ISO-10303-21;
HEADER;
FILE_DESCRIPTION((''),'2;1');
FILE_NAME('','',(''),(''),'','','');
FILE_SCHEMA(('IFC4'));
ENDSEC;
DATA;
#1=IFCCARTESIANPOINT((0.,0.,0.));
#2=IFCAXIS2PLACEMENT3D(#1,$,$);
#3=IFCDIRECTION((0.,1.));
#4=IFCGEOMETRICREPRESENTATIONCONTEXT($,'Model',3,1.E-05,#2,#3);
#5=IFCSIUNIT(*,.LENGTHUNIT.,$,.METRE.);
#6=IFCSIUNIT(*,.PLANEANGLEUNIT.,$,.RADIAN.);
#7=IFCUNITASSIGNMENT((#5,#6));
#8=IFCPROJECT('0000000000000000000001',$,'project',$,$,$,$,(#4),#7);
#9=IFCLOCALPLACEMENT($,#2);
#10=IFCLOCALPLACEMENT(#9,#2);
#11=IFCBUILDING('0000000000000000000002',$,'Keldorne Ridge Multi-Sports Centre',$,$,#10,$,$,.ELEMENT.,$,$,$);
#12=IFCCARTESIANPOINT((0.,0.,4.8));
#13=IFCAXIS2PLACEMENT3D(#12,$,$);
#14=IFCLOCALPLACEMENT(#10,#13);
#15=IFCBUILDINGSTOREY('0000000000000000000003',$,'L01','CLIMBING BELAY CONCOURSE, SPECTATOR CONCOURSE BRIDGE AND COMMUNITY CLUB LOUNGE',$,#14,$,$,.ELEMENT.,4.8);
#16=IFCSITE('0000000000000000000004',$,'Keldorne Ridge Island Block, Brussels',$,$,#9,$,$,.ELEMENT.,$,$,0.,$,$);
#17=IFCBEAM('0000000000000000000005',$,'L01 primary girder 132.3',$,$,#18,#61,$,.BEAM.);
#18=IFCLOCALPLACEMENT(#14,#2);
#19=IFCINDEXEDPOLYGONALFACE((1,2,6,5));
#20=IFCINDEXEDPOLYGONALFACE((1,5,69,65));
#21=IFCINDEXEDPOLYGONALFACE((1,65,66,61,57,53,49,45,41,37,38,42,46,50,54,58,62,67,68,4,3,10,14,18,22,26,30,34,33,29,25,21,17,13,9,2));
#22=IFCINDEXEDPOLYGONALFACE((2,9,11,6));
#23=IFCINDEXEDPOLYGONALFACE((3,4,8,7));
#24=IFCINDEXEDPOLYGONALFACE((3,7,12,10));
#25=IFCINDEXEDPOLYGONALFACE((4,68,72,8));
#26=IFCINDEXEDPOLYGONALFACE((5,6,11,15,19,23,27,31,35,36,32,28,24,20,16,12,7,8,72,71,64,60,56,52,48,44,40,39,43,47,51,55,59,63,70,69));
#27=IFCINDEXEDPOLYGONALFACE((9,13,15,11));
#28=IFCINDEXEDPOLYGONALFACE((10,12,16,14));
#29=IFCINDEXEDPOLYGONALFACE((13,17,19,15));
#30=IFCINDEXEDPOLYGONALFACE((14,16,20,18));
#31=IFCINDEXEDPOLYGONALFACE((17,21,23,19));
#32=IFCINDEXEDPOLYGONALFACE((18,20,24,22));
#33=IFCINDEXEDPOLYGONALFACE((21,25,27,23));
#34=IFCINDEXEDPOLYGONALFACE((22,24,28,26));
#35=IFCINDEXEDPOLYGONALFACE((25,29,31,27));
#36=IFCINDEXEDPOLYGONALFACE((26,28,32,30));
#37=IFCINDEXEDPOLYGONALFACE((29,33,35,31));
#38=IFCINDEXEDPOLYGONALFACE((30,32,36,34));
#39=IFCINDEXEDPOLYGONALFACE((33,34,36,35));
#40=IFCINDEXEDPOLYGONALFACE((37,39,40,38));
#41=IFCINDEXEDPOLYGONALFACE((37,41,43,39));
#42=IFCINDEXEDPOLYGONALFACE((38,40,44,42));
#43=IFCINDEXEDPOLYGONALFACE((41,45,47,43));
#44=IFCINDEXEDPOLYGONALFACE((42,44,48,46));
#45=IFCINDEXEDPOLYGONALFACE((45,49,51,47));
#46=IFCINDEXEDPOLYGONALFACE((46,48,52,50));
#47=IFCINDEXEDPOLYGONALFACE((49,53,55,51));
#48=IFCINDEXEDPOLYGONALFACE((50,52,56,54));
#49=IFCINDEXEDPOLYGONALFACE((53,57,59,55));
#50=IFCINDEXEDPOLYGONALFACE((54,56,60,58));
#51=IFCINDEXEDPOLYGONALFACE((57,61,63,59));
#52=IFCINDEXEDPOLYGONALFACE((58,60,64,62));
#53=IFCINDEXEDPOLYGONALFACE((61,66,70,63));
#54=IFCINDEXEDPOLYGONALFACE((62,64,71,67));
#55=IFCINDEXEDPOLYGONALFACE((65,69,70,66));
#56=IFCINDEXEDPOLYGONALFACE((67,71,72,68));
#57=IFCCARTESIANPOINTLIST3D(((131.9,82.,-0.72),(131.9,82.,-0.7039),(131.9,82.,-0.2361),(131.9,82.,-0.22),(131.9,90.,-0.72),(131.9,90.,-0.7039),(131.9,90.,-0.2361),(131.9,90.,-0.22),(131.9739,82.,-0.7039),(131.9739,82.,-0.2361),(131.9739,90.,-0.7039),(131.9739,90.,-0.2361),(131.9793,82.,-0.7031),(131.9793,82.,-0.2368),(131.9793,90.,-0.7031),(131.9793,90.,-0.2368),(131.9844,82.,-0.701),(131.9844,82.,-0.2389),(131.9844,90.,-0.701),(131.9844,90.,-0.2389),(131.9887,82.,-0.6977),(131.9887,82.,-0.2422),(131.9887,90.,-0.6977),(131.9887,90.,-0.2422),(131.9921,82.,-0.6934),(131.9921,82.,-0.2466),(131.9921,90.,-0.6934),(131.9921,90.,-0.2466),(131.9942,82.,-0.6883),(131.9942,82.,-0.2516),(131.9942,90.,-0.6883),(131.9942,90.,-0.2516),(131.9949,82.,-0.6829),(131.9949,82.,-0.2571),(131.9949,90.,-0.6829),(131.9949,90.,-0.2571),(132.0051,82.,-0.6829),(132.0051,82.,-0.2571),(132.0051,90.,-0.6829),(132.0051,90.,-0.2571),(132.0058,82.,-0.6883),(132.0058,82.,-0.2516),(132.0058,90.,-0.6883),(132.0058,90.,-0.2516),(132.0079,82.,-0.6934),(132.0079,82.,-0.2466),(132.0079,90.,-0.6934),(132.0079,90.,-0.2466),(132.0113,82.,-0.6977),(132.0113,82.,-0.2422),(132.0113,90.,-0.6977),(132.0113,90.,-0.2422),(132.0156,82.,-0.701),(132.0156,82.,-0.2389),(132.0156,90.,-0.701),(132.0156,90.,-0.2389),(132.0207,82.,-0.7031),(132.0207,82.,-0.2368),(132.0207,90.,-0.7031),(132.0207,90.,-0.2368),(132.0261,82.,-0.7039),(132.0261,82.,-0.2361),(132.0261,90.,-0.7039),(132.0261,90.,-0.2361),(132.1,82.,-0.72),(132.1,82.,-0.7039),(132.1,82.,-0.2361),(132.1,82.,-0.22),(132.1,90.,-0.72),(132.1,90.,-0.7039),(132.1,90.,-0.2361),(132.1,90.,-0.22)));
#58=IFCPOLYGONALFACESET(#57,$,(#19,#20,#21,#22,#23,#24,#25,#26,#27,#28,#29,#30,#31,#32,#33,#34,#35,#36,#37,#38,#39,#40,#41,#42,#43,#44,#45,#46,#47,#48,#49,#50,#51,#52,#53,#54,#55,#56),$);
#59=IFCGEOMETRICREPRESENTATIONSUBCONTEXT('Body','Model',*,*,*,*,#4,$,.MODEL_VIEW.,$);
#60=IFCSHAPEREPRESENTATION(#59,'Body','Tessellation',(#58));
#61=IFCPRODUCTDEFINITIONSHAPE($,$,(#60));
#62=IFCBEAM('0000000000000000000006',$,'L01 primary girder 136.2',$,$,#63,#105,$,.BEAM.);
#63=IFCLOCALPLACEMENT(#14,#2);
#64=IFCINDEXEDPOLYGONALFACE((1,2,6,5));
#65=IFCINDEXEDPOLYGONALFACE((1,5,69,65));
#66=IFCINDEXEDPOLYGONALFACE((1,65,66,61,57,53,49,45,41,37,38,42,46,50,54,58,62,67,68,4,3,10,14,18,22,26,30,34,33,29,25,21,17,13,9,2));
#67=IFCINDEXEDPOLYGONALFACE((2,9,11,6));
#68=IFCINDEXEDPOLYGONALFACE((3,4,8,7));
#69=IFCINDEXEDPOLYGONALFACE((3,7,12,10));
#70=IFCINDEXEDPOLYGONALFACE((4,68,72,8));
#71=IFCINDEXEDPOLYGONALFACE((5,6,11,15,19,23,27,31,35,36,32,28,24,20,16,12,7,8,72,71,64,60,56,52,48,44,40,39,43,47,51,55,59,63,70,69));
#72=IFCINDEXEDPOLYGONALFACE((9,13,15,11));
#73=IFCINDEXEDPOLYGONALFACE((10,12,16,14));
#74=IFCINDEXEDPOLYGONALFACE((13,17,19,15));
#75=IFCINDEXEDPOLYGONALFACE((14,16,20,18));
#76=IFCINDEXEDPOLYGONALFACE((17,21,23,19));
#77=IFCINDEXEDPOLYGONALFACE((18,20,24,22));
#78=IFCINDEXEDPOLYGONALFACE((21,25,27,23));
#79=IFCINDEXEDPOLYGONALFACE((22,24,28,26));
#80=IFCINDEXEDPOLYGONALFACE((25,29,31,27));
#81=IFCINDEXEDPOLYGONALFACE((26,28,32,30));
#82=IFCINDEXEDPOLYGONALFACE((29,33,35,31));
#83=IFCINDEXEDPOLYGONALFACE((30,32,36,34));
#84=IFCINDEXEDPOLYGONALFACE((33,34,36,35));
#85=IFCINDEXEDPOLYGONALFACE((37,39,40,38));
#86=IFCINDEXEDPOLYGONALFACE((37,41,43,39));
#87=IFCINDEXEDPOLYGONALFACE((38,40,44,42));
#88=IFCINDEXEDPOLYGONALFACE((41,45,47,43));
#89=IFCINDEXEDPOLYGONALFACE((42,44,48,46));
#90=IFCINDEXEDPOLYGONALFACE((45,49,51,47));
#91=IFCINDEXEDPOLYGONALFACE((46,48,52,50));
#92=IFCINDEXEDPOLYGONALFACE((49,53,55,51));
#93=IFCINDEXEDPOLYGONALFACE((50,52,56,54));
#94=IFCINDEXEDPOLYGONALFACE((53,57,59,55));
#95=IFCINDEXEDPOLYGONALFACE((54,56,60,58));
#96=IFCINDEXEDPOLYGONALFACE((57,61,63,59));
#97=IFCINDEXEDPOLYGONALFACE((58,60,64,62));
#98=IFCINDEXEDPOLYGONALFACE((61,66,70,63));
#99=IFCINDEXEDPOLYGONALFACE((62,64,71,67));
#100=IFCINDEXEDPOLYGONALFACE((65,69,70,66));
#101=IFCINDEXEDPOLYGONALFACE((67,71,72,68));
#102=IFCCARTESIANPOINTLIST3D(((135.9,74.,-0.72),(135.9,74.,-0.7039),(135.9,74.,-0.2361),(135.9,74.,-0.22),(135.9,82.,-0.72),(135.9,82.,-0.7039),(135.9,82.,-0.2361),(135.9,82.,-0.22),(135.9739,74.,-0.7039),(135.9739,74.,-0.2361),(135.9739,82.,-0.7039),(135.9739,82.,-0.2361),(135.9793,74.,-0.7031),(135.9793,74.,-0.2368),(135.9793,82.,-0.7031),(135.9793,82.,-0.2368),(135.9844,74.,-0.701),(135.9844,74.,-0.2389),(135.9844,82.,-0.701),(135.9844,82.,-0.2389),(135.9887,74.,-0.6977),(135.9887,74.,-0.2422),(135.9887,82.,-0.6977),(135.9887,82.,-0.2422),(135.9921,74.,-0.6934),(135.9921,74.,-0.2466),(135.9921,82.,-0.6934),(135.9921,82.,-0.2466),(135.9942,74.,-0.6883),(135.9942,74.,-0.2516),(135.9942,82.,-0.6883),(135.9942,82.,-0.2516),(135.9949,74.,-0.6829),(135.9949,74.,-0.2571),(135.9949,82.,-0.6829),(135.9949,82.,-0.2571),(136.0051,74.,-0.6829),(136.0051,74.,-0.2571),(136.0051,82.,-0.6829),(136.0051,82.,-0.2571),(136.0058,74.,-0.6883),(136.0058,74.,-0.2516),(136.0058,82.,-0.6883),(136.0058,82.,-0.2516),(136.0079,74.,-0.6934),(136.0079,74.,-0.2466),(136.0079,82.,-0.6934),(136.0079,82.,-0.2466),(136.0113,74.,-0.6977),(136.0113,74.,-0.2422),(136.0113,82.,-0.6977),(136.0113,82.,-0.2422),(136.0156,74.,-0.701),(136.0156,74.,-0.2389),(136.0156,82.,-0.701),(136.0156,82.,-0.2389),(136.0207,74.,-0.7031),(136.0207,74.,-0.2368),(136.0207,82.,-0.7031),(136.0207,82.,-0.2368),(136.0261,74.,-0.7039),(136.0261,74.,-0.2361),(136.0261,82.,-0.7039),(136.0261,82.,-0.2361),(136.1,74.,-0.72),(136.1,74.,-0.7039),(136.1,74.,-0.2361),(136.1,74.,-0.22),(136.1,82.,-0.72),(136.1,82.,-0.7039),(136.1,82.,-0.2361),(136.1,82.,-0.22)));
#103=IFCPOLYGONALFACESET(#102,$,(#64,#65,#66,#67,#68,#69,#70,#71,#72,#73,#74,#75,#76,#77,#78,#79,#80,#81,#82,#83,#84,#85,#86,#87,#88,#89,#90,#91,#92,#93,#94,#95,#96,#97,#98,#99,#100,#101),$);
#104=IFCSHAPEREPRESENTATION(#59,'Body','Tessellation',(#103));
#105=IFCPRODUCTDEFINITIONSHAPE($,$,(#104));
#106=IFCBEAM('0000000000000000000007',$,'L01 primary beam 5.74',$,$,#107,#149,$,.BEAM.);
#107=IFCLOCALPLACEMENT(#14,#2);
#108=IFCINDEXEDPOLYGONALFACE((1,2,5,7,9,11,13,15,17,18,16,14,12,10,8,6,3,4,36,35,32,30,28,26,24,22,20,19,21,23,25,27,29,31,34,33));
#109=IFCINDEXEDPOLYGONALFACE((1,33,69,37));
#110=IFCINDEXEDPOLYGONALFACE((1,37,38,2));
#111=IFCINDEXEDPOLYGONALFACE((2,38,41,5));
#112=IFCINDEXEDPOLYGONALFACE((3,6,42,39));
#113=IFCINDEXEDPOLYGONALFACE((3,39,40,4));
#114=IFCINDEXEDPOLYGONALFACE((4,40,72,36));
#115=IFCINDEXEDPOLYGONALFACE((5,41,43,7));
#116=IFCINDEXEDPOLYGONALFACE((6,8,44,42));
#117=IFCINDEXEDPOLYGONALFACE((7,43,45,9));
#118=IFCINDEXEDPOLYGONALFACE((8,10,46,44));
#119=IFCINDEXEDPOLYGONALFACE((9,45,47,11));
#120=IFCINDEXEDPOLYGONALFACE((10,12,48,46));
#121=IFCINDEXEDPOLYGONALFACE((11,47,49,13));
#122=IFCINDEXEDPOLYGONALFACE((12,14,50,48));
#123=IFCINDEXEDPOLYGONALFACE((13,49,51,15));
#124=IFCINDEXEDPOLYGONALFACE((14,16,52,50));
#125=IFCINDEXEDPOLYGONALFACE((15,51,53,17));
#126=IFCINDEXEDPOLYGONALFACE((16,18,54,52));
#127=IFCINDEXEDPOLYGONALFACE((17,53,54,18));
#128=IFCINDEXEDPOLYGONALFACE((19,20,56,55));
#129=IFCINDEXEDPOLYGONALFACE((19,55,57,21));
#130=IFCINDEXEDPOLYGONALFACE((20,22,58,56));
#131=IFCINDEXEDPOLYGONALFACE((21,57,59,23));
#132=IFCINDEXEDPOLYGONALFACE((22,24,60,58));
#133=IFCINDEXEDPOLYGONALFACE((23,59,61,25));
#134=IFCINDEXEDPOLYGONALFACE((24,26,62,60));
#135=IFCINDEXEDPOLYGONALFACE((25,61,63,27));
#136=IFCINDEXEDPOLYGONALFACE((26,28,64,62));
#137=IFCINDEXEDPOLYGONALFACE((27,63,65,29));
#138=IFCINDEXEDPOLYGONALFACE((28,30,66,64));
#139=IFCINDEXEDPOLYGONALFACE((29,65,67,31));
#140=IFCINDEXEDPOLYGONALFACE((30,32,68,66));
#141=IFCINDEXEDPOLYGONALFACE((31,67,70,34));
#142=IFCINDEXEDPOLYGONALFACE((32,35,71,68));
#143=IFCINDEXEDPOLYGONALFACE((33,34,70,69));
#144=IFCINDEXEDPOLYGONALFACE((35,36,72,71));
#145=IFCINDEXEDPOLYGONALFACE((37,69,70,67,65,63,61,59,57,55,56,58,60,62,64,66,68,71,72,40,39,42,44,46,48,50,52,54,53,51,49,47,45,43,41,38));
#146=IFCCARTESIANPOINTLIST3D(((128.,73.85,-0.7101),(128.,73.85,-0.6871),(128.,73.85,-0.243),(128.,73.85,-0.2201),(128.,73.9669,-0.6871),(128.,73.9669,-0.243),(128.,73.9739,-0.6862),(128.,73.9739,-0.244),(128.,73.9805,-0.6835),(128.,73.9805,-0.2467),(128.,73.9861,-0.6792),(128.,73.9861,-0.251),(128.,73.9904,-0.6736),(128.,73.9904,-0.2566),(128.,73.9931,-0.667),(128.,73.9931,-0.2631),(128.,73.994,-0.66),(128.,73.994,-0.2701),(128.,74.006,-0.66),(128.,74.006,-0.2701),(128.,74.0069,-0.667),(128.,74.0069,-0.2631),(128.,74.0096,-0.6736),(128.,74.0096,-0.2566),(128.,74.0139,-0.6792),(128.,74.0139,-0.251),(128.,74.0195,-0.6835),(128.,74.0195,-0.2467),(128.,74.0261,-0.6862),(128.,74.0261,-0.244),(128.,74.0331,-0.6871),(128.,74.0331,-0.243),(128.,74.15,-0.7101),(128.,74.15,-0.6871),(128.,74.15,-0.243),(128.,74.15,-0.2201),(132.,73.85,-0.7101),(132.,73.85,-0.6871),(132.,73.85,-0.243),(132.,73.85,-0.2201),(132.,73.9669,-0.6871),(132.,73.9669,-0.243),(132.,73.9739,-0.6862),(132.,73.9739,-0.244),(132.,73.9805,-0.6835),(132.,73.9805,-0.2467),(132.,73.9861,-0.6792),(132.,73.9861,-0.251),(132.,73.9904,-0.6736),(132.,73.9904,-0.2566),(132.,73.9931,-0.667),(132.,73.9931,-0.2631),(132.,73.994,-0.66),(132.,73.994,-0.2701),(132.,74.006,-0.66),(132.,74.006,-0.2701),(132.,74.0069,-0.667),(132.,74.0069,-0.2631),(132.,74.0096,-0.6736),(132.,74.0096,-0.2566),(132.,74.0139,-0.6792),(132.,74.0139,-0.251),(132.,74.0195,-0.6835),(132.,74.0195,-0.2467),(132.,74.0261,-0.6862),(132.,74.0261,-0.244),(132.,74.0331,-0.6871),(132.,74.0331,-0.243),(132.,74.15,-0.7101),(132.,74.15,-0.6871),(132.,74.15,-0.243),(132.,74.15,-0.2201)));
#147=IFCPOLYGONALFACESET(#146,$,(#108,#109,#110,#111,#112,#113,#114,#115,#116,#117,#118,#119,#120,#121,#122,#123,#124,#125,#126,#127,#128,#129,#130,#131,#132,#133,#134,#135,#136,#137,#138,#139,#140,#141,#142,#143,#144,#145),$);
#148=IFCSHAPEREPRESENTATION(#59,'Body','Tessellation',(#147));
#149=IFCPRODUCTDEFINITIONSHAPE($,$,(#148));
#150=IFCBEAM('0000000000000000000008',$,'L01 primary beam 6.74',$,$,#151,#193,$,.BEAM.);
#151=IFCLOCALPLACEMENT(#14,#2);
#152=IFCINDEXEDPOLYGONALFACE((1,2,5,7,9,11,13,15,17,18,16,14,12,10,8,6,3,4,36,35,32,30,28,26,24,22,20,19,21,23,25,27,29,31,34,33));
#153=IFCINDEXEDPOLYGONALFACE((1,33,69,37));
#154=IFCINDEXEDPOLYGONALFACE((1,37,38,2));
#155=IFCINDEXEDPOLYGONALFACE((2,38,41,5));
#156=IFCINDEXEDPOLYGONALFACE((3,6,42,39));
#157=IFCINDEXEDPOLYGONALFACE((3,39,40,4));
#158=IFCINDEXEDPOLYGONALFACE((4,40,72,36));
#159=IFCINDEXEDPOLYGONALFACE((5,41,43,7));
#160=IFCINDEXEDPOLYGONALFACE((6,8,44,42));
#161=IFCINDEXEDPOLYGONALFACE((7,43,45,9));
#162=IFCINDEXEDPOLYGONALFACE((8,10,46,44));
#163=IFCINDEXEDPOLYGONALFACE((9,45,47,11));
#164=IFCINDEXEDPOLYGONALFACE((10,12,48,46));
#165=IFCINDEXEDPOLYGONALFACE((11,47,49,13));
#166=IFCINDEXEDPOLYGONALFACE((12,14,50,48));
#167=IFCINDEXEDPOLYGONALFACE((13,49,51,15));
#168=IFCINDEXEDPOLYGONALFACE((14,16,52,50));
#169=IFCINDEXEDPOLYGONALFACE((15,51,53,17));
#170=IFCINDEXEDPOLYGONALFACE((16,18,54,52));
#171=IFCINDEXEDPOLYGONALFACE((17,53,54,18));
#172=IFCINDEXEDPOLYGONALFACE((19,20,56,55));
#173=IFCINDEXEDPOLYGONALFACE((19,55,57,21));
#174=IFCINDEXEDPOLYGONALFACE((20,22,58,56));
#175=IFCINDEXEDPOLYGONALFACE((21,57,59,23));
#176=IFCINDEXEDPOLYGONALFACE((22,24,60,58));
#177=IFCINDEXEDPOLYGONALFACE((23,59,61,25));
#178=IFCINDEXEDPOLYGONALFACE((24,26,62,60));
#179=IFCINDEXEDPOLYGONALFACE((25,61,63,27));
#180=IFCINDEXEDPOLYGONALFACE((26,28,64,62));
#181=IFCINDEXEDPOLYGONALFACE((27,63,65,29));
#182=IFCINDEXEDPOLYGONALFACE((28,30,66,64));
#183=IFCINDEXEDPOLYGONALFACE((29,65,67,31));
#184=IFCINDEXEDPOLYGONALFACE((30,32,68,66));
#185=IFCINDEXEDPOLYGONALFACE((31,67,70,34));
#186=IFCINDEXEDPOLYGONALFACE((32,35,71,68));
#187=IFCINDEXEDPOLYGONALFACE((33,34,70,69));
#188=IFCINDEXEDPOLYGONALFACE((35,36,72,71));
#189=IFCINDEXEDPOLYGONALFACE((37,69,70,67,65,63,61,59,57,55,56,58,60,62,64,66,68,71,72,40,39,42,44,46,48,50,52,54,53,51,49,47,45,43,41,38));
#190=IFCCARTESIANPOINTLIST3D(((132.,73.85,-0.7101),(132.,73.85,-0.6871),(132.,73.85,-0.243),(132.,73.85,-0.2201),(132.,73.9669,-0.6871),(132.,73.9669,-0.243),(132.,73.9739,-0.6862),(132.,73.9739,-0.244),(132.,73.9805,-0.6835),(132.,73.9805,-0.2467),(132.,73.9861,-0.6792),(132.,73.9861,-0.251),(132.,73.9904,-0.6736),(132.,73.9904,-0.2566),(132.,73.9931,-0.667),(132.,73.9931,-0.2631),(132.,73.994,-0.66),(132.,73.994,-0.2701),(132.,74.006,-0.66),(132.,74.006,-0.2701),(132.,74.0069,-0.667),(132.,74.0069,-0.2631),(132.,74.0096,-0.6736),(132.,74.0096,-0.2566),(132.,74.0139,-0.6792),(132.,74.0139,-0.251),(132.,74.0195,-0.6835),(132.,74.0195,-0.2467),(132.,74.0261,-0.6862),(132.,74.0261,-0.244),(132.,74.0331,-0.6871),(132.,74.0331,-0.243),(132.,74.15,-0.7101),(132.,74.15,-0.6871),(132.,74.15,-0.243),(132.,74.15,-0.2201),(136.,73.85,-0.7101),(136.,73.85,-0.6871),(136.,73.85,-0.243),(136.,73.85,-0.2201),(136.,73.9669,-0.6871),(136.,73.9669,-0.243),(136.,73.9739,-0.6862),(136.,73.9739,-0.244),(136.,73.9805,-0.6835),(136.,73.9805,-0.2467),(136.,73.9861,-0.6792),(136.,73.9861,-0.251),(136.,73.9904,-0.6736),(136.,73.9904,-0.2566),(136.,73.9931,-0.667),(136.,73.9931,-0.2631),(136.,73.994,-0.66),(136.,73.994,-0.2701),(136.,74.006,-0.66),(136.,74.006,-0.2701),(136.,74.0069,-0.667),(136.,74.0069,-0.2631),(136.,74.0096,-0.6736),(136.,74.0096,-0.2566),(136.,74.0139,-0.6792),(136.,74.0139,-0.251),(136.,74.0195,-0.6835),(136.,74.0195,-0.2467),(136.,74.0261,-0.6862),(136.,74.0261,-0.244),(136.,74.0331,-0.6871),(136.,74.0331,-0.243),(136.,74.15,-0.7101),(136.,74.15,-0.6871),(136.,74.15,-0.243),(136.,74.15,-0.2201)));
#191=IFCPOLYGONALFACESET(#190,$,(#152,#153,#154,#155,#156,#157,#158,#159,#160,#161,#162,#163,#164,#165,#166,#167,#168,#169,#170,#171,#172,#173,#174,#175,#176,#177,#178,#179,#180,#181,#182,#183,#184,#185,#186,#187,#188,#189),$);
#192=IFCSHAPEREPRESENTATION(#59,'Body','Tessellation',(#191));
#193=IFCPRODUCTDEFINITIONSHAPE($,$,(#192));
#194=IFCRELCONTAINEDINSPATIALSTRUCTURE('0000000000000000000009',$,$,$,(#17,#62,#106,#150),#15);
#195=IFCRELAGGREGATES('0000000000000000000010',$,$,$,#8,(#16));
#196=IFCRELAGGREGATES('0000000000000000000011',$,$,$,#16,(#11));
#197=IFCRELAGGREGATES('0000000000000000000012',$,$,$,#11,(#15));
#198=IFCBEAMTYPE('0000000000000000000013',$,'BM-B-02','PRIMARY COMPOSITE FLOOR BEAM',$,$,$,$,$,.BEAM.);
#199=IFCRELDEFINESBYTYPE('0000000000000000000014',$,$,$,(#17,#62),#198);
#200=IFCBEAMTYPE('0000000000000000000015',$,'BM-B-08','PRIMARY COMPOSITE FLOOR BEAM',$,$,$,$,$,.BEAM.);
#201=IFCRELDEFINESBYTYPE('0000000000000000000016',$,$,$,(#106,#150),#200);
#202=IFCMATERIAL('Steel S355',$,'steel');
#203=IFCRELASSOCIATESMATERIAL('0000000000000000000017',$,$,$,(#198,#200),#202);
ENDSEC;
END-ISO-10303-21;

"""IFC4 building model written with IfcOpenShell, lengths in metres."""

from ifc_helpers import new_model, si_unit, direction, frame, origin, origin_2d, place, context, subcontext, project, spatial, i_section, extrude, material, material_profile, profile_set, type_object, element, save


model = new_model("IFC4")

# Units and contexts
model_context = context("Model", 3, precision=1e-05, world=origin(), true_north=direction((0.0, 1.0)))
body_context = subcontext(model_context, "Body", "Model", "MODEL_VIEW")
ifc_project = project(units=[si_unit("LENGTHUNIT", "METRE"), si_unit("PLANEANGLEUNIT", "RADIAN")], contexts=[model_context])

# Site, building, storey
site_placement = place(None, origin())
site = spatial("IfcSite", under=ifc_project, at=site_placement, Name="Keldorne Ridge Island Block, Brussels", CompositionType="ELEMENT", RefElevation=0.0)
building_placement = place(site_placement, origin())
building = spatial("IfcBuilding", under=site, at=building_placement, Name="Keldorne Ridge Multi-Sports Centre", CompositionType="ELEMENT")
storey_placement = place(building_placement, frame((0.0, 0.0, 4.8)))
storey = spatial("IfcBuildingStorey", under=building, at=storey_placement, Name="L01", Description="CLIMBING BELAY CONCOURSE, SPECTATOR CONCOURSE BRIDGE AND COMMUNITY CLUB LOUNGE", CompositionType="ELEMENT", Elevation=4.8)

# Shared definitions
ifc_material_1 = material(Name="Steel S355", Category="steel")

# Beams
ifc_material_profile_1 = material_profile(ifc_material_1, i_section(OverallWidth=0.2, OverallDepth=0.5, WebThickness=0.0103, FlangeThickness=0.0161, FilletRadius=0.021, at=origin_2d()), Name="IPE 500")
ifc_profile_set_1 = profile_set([ifc_material_profile_1], Name="Steel S355")
beam_type_1 = type_object("IfcBeamType", Name="BM-B-02", Description="PRIMARY COMPOSITE FLOOR BEAM", PredefinedType="BEAM", material=ifc_profile_set_1)
for number, where, z_axis, x_axis, name in (
    (1, (132.0, 82.0, -0.47), (0.0, 1.0, 0.0), (-1.0, 0.0, 0.0), "L01 primary girder 132.3"),
    (2, (136.0, 74.0, -0.47), (0.0, 1.0, 0.0), (-1.0, 0.0, 0.0), "L01 primary girder 136.2"),
):
    element("IfcBeam", number, at=place(storey_placement, frame(where, z_axis=z_axis, x_axis=x_axis)), inside=storey, type_object=beam_type_1, Name=name, PredefinedType="BEAM", context=body_context, shape_type="SweptSolid", body=[
        extrude(i_section(OverallWidth=0.2, OverallDepth=0.5, WebThickness=0.0103, FlangeThickness=0.0161, FilletRadius=0.021, at=origin_2d()), origin(), (0.0, 0.0, 1.0), 8.0),
    ])
ifc_material_profile_2 = material_profile(ifc_material_1, i_section(OverallWidth=0.3, OverallDepth=0.49, WebThickness=0.012, FlangeThickness=0.0229, FilletRadius=0.0271, at=origin_2d()), Name="HEA 500")
ifc_profile_set_2 = profile_set([ifc_material_profile_2], Name="Steel S355")
beam_type_2 = type_object("IfcBeamType", Name="BM-B-08", Description="PRIMARY COMPOSITE FLOOR BEAM", PredefinedType="BEAM", material=ifc_profile_set_2)
for number, where, z_axis, x_axis, name in (
    (3, (128.0, 74.0, -0.4651), (1.0, 0.0, 0.0), (0.0, 1.0, 0.0), "L01 primary beam 5.74"),
    (4, (132.0, 74.0, -0.4651), (1.0, 0.0, 0.0), (0.0, 1.0, 0.0), "L01 primary beam 6.74"),
):
    element("IfcBeam", number, at=place(storey_placement, frame(where, z_axis=z_axis, x_axis=x_axis)), inside=storey, type_object=beam_type_2, Name=name, PredefinedType="BEAM", context=body_context, shape_type="SweptSolid", body=[
        extrude(i_section(OverallWidth=0.3, OverallDepth=0.49, WebThickness=0.012, FlangeThickness=0.0229, FilletRadius=0.0271, at=origin_2d()), origin(), (0.0, 0.0, 1.0), 4.0),
    ])

save(model, "model.ifc")
